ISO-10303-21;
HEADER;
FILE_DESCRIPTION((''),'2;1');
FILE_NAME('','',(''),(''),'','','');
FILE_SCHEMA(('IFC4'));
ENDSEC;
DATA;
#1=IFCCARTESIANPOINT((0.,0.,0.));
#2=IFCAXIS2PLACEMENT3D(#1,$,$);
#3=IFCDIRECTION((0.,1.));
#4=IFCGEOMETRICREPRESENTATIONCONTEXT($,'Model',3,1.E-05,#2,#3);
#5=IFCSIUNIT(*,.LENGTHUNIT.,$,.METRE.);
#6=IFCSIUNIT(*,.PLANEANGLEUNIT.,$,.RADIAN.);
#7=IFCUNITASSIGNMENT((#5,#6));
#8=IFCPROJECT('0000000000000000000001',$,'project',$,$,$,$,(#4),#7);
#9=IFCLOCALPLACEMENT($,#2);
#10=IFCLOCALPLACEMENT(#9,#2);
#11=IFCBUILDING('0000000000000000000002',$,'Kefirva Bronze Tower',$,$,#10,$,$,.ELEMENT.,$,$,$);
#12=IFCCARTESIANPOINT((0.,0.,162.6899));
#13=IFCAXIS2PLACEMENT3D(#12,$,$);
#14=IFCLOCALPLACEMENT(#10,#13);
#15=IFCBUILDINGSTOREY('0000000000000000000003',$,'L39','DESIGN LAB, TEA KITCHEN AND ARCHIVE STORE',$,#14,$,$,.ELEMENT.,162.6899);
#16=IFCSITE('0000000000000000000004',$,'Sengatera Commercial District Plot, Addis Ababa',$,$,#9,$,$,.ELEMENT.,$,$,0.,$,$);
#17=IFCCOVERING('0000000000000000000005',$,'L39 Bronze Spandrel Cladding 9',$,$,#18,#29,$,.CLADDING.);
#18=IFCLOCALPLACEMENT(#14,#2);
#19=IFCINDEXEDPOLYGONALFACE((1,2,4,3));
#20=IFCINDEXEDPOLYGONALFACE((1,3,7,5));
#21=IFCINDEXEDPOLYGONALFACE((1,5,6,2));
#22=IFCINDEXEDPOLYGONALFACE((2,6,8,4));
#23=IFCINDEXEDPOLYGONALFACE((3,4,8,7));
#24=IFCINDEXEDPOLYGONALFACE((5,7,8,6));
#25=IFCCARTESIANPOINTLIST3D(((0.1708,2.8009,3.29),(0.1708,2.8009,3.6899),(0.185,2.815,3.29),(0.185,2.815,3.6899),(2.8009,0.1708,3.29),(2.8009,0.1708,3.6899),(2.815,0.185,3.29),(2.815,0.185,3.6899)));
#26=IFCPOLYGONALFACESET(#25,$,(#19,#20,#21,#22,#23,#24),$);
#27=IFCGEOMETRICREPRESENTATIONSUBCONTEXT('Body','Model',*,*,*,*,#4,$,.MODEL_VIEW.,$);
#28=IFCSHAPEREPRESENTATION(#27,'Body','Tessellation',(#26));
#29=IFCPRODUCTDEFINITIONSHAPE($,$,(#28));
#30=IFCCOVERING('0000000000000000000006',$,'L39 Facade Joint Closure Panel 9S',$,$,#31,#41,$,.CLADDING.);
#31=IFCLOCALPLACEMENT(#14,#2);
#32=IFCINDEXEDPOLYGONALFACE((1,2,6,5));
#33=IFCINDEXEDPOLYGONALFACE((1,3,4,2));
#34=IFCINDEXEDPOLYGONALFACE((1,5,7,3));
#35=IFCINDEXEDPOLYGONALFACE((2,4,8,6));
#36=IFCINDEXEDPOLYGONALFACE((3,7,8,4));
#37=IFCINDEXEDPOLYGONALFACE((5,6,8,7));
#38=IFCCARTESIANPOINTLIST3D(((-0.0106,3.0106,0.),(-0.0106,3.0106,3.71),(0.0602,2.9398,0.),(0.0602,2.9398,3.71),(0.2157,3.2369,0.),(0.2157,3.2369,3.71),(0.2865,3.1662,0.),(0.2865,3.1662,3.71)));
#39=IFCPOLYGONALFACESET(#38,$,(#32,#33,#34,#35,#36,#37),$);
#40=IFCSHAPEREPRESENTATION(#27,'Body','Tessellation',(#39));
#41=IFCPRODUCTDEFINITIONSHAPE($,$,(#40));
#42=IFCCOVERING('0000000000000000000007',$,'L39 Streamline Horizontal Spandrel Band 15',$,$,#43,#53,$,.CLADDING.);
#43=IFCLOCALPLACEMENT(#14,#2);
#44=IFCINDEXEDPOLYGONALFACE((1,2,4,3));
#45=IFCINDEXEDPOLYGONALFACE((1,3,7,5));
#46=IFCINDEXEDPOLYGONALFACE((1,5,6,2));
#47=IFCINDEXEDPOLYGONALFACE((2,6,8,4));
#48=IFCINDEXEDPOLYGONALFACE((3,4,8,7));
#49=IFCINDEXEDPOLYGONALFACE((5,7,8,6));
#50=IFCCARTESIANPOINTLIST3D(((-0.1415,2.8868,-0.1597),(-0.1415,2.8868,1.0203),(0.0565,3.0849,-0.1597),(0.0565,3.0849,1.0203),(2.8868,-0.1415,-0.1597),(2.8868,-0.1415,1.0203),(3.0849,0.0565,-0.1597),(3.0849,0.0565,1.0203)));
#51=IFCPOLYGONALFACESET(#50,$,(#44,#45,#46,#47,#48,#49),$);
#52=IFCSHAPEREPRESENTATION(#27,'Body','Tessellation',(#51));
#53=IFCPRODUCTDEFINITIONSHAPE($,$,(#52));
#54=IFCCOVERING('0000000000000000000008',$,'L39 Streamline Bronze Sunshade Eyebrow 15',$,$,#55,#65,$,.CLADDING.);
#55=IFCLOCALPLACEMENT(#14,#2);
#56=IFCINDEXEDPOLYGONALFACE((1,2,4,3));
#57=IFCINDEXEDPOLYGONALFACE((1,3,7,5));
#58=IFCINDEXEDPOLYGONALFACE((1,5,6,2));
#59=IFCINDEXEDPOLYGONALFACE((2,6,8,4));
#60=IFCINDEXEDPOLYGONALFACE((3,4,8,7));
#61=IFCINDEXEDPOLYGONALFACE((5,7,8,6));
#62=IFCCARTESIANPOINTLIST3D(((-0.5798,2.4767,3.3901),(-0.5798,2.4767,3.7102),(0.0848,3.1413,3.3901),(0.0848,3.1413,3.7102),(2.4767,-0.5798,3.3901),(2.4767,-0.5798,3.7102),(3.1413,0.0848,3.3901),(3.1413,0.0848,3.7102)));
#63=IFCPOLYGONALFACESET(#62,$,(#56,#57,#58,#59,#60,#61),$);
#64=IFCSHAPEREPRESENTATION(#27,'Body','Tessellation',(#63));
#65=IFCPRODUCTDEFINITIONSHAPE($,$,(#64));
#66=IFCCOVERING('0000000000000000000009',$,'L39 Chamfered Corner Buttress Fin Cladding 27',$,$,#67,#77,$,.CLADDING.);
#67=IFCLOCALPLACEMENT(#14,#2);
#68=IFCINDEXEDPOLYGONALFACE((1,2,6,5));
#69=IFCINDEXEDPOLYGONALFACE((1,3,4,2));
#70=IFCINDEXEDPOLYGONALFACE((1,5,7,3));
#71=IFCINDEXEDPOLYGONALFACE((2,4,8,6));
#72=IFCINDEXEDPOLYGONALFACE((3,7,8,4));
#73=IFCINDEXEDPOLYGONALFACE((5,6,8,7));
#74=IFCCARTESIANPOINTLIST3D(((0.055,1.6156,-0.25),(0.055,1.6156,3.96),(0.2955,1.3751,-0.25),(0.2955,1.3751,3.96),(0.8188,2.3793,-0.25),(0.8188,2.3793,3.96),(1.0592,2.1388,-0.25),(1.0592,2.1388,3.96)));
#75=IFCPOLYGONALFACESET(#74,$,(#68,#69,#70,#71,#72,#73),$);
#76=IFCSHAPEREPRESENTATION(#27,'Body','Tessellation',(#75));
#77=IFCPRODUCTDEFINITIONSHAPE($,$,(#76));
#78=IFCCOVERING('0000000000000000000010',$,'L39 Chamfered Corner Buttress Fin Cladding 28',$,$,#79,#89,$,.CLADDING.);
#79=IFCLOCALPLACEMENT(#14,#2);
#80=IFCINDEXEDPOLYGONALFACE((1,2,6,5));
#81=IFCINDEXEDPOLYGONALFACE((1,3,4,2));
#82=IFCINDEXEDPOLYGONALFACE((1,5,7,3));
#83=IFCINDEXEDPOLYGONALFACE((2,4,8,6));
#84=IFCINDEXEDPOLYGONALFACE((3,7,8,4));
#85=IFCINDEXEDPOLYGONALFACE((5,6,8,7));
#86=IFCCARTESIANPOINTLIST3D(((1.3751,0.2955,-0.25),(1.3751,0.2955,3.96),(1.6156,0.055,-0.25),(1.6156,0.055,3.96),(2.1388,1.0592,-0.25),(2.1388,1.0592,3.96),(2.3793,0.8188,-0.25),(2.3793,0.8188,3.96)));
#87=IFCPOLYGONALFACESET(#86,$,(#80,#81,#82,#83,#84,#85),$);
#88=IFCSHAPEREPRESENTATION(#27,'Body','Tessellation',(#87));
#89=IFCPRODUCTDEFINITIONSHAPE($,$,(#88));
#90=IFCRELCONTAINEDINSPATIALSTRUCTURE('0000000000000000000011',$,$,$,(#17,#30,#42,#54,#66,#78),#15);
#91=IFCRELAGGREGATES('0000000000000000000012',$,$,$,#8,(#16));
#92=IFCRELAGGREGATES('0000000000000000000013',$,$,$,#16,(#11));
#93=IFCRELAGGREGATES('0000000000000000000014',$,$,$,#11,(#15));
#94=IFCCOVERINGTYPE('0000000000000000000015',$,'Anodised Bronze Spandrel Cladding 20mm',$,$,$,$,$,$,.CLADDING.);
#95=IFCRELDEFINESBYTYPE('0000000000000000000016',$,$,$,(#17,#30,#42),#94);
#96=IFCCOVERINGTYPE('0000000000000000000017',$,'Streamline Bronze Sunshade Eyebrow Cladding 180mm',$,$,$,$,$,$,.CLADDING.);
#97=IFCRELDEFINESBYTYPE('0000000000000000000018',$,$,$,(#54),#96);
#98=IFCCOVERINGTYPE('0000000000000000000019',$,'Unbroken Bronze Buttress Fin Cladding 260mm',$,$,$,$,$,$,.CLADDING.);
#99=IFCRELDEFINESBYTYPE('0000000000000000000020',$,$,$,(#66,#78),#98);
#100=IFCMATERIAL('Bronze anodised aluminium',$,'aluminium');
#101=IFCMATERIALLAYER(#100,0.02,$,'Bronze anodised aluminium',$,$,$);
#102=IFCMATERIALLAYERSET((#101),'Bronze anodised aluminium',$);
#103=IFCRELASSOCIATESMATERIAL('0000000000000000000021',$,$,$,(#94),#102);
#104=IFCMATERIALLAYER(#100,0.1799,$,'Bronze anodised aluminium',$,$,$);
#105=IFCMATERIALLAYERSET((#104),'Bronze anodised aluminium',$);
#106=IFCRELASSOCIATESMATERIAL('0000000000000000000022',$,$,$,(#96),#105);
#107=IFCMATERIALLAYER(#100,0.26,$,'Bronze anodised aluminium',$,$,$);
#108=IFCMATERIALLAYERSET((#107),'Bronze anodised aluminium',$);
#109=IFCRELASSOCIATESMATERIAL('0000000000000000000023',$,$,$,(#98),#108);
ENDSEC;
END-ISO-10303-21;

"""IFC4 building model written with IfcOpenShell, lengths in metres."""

from ifc_helpers import new_model, si_unit, direction, frame, origin, origin_2d, place, context, subcontext, project, spatial, rectangle, extrude, material, layer, layer_set, type_object, element, save


model = new_model("IFC4")

# Units and contexts
model_context = context("Model", 3, precision=1e-05, world=origin(), true_north=direction((0.0, 1.0)))
body_context = subcontext(model_context, "Body", "Model", "MODEL_VIEW")
ifc_project = project(units=[si_unit("LENGTHUNIT", "METRE"), si_unit("PLANEANGLEUNIT", "RADIAN")], contexts=[model_context])

# Site, building, storey
site_placement = place(None, origin())
site = spatial("IfcSite", under=ifc_project, at=site_placement, Name="Sengatera Commercial District Plot, Addis Ababa", CompositionType="ELEMENT", RefElevation=0.0)
building_placement = place(site_placement, origin())
building = spatial("IfcBuilding", under=site, at=building_placement, Name="Kefirva Bronze Tower", CompositionType="ELEMENT")
storey_placement = place(building_placement, frame((0.0, 0.0, 162.6899)))
storey = spatial("IfcBuildingStorey", under=building, at=storey_placement, Name="L39", Description="DESIGN LAB, TEA KITCHEN AND ARCHIVE STORE", CompositionType="ELEMENT", Elevation=162.6899)

# Shared definitions
ifc_material_1 = material(Name="Bronze anodised aluminium", Category="aluminium")

# Coverings
ifc_layer_1 = layer(ifc_material_1, 0.02, Name="Bronze anodised aluminium")
ifc_layer_set_1 = layer_set([ifc_layer_1], Name="Bronze anodised aluminium")
covering_type_1 = type_object("IfcCoveringType", Name="Anodised Bronze Spandrel Cladding 20mm", PredefinedType="CLADDING", material=ifc_layer_set_1)
covering_1_placement = place(storey_placement, frame((1.4929, 1.4929, 3.29), z_axis=(0.0, 0.0, 1.0), x_axis=(0.707107, -0.707107, 0.0)))
element("IfcCovering", 1, at=covering_1_placement, inside=storey, type_object=covering_type_1, Name="L39 Bronze Spandrel Cladding 9", PredefinedType="CLADDING", context=body_context, shape_type="SweptSolid", body=[
    extrude(rectangle(XDim=3.7195, YDim=0.02, at=origin_2d()), origin(), (0.0, 0.0, 1.0), 0.3999),
])
covering_2_placement = place(storey_placement, frame((0.1379, 3.0884, 0.0), z_axis=(0.0, 0.0, 1.0), x_axis=(0.707107, -0.707107, 0.0)))
element("IfcCovering", 2, at=covering_2_placement, inside=storey, type_object=covering_type_1, Name="L39 Facade Joint Closure Panel 9S", PredefinedType="CLADDING", context=body_context, shape_type="SweptSolid", body=[
    extrude(rectangle(XDim=0.1001, YDim=0.3201, at=origin_2d()), origin(), (0.0, 0.0, 1.0), 3.71),
])
covering_3_placement = place(storey_placement, frame((1.4717, 1.4717, -0.1597), z_axis=(0.0, 0.0, 1.0), x_axis=(0.707107, -0.707107, 0.0)))
element("IfcCovering", 3, at=covering_3_placement, inside=storey, type_object=covering_type_1, Name="L39 Streamline Horizontal Spandrel Band 15", PredefinedType="CLADDING", context=body_context, shape_type="SweptSolid", body=[
    extrude(rectangle(XDim=4.2827, YDim=0.28, at=origin_2d()), origin(), (0.0, 0.0, 1.0), 1.1799),
])
ifc_layer_2 = layer(ifc_material_1, 0.1799, Name="Bronze anodised aluminium")
ifc_layer_set_2 = layer_set([ifc_layer_2], Name="Bronze anodised aluminium")
covering_type_2 = type_object("IfcCoveringType", Name="Streamline Bronze Sunshade Eyebrow Cladding 180mm", PredefinedType="CLADDING", material=ifc_layer_set_2)
covering_4_placement = place(storey_placement, frame((1.2808, 1.2808, 3.3901), z_axis=(0.0, 0.0, 1.0), x_axis=(0.707107, -0.707107, 0.0)))
element("IfcCovering", 4, at=covering_4_placement, inside=storey, type_object=covering_type_2, Name="L39 Streamline Bronze Sunshade Eyebrow 15", PredefinedType="CLADDING", context=body_context, shape_type="SweptSolid", body=[
    extrude(rectangle(XDim=4.3225, YDim=0.9399, at=origin_2d()), origin(), (0.0, 0.0, 1.0), 0.3201),
])
ifc_layer_3 = layer(ifc_material_1, 0.26, Name="Bronze anodised aluminium")
ifc_layer_set_3 = layer_set([ifc_layer_3], Name="Bronze anodised aluminium")
covering_type_3 = type_object("IfcCoveringType", Name="Unbroken Bronze Buttress Fin Cladding 260mm", PredefinedType="CLADDING", material=ifc_layer_set_3)
for number, where, z_axis, x_axis, name in (
    (5, (0.5571, 1.8772, -0.25), (0.0, 0.0, 1.0), (0.707107, -0.707107, 0.0), "L39 Chamfered Corner Buttress Fin Cladding 27"),
    (6, (1.8772, 0.5571, -0.25), (0.0, 0.0, 1.0), (0.707107, -0.707107, 0.0), "L39 Chamfered Corner Buttress Fin Cladding 28"),
):
    element("IfcCovering", number, at=place(storey_placement, frame(where, z_axis=z_axis, x_axis=x_axis)), inside=storey, type_object=covering_type_3, Name=name, PredefinedType="CLADDING", context=body_context, shape_type="SweptSolid", body=[
        extrude(rectangle(XDim=0.3401, YDim=1.0801, at=origin_2d()), origin(), (0.0, 0.0, 1.0), 4.21),
    ])

save(model, "model.ifc")
